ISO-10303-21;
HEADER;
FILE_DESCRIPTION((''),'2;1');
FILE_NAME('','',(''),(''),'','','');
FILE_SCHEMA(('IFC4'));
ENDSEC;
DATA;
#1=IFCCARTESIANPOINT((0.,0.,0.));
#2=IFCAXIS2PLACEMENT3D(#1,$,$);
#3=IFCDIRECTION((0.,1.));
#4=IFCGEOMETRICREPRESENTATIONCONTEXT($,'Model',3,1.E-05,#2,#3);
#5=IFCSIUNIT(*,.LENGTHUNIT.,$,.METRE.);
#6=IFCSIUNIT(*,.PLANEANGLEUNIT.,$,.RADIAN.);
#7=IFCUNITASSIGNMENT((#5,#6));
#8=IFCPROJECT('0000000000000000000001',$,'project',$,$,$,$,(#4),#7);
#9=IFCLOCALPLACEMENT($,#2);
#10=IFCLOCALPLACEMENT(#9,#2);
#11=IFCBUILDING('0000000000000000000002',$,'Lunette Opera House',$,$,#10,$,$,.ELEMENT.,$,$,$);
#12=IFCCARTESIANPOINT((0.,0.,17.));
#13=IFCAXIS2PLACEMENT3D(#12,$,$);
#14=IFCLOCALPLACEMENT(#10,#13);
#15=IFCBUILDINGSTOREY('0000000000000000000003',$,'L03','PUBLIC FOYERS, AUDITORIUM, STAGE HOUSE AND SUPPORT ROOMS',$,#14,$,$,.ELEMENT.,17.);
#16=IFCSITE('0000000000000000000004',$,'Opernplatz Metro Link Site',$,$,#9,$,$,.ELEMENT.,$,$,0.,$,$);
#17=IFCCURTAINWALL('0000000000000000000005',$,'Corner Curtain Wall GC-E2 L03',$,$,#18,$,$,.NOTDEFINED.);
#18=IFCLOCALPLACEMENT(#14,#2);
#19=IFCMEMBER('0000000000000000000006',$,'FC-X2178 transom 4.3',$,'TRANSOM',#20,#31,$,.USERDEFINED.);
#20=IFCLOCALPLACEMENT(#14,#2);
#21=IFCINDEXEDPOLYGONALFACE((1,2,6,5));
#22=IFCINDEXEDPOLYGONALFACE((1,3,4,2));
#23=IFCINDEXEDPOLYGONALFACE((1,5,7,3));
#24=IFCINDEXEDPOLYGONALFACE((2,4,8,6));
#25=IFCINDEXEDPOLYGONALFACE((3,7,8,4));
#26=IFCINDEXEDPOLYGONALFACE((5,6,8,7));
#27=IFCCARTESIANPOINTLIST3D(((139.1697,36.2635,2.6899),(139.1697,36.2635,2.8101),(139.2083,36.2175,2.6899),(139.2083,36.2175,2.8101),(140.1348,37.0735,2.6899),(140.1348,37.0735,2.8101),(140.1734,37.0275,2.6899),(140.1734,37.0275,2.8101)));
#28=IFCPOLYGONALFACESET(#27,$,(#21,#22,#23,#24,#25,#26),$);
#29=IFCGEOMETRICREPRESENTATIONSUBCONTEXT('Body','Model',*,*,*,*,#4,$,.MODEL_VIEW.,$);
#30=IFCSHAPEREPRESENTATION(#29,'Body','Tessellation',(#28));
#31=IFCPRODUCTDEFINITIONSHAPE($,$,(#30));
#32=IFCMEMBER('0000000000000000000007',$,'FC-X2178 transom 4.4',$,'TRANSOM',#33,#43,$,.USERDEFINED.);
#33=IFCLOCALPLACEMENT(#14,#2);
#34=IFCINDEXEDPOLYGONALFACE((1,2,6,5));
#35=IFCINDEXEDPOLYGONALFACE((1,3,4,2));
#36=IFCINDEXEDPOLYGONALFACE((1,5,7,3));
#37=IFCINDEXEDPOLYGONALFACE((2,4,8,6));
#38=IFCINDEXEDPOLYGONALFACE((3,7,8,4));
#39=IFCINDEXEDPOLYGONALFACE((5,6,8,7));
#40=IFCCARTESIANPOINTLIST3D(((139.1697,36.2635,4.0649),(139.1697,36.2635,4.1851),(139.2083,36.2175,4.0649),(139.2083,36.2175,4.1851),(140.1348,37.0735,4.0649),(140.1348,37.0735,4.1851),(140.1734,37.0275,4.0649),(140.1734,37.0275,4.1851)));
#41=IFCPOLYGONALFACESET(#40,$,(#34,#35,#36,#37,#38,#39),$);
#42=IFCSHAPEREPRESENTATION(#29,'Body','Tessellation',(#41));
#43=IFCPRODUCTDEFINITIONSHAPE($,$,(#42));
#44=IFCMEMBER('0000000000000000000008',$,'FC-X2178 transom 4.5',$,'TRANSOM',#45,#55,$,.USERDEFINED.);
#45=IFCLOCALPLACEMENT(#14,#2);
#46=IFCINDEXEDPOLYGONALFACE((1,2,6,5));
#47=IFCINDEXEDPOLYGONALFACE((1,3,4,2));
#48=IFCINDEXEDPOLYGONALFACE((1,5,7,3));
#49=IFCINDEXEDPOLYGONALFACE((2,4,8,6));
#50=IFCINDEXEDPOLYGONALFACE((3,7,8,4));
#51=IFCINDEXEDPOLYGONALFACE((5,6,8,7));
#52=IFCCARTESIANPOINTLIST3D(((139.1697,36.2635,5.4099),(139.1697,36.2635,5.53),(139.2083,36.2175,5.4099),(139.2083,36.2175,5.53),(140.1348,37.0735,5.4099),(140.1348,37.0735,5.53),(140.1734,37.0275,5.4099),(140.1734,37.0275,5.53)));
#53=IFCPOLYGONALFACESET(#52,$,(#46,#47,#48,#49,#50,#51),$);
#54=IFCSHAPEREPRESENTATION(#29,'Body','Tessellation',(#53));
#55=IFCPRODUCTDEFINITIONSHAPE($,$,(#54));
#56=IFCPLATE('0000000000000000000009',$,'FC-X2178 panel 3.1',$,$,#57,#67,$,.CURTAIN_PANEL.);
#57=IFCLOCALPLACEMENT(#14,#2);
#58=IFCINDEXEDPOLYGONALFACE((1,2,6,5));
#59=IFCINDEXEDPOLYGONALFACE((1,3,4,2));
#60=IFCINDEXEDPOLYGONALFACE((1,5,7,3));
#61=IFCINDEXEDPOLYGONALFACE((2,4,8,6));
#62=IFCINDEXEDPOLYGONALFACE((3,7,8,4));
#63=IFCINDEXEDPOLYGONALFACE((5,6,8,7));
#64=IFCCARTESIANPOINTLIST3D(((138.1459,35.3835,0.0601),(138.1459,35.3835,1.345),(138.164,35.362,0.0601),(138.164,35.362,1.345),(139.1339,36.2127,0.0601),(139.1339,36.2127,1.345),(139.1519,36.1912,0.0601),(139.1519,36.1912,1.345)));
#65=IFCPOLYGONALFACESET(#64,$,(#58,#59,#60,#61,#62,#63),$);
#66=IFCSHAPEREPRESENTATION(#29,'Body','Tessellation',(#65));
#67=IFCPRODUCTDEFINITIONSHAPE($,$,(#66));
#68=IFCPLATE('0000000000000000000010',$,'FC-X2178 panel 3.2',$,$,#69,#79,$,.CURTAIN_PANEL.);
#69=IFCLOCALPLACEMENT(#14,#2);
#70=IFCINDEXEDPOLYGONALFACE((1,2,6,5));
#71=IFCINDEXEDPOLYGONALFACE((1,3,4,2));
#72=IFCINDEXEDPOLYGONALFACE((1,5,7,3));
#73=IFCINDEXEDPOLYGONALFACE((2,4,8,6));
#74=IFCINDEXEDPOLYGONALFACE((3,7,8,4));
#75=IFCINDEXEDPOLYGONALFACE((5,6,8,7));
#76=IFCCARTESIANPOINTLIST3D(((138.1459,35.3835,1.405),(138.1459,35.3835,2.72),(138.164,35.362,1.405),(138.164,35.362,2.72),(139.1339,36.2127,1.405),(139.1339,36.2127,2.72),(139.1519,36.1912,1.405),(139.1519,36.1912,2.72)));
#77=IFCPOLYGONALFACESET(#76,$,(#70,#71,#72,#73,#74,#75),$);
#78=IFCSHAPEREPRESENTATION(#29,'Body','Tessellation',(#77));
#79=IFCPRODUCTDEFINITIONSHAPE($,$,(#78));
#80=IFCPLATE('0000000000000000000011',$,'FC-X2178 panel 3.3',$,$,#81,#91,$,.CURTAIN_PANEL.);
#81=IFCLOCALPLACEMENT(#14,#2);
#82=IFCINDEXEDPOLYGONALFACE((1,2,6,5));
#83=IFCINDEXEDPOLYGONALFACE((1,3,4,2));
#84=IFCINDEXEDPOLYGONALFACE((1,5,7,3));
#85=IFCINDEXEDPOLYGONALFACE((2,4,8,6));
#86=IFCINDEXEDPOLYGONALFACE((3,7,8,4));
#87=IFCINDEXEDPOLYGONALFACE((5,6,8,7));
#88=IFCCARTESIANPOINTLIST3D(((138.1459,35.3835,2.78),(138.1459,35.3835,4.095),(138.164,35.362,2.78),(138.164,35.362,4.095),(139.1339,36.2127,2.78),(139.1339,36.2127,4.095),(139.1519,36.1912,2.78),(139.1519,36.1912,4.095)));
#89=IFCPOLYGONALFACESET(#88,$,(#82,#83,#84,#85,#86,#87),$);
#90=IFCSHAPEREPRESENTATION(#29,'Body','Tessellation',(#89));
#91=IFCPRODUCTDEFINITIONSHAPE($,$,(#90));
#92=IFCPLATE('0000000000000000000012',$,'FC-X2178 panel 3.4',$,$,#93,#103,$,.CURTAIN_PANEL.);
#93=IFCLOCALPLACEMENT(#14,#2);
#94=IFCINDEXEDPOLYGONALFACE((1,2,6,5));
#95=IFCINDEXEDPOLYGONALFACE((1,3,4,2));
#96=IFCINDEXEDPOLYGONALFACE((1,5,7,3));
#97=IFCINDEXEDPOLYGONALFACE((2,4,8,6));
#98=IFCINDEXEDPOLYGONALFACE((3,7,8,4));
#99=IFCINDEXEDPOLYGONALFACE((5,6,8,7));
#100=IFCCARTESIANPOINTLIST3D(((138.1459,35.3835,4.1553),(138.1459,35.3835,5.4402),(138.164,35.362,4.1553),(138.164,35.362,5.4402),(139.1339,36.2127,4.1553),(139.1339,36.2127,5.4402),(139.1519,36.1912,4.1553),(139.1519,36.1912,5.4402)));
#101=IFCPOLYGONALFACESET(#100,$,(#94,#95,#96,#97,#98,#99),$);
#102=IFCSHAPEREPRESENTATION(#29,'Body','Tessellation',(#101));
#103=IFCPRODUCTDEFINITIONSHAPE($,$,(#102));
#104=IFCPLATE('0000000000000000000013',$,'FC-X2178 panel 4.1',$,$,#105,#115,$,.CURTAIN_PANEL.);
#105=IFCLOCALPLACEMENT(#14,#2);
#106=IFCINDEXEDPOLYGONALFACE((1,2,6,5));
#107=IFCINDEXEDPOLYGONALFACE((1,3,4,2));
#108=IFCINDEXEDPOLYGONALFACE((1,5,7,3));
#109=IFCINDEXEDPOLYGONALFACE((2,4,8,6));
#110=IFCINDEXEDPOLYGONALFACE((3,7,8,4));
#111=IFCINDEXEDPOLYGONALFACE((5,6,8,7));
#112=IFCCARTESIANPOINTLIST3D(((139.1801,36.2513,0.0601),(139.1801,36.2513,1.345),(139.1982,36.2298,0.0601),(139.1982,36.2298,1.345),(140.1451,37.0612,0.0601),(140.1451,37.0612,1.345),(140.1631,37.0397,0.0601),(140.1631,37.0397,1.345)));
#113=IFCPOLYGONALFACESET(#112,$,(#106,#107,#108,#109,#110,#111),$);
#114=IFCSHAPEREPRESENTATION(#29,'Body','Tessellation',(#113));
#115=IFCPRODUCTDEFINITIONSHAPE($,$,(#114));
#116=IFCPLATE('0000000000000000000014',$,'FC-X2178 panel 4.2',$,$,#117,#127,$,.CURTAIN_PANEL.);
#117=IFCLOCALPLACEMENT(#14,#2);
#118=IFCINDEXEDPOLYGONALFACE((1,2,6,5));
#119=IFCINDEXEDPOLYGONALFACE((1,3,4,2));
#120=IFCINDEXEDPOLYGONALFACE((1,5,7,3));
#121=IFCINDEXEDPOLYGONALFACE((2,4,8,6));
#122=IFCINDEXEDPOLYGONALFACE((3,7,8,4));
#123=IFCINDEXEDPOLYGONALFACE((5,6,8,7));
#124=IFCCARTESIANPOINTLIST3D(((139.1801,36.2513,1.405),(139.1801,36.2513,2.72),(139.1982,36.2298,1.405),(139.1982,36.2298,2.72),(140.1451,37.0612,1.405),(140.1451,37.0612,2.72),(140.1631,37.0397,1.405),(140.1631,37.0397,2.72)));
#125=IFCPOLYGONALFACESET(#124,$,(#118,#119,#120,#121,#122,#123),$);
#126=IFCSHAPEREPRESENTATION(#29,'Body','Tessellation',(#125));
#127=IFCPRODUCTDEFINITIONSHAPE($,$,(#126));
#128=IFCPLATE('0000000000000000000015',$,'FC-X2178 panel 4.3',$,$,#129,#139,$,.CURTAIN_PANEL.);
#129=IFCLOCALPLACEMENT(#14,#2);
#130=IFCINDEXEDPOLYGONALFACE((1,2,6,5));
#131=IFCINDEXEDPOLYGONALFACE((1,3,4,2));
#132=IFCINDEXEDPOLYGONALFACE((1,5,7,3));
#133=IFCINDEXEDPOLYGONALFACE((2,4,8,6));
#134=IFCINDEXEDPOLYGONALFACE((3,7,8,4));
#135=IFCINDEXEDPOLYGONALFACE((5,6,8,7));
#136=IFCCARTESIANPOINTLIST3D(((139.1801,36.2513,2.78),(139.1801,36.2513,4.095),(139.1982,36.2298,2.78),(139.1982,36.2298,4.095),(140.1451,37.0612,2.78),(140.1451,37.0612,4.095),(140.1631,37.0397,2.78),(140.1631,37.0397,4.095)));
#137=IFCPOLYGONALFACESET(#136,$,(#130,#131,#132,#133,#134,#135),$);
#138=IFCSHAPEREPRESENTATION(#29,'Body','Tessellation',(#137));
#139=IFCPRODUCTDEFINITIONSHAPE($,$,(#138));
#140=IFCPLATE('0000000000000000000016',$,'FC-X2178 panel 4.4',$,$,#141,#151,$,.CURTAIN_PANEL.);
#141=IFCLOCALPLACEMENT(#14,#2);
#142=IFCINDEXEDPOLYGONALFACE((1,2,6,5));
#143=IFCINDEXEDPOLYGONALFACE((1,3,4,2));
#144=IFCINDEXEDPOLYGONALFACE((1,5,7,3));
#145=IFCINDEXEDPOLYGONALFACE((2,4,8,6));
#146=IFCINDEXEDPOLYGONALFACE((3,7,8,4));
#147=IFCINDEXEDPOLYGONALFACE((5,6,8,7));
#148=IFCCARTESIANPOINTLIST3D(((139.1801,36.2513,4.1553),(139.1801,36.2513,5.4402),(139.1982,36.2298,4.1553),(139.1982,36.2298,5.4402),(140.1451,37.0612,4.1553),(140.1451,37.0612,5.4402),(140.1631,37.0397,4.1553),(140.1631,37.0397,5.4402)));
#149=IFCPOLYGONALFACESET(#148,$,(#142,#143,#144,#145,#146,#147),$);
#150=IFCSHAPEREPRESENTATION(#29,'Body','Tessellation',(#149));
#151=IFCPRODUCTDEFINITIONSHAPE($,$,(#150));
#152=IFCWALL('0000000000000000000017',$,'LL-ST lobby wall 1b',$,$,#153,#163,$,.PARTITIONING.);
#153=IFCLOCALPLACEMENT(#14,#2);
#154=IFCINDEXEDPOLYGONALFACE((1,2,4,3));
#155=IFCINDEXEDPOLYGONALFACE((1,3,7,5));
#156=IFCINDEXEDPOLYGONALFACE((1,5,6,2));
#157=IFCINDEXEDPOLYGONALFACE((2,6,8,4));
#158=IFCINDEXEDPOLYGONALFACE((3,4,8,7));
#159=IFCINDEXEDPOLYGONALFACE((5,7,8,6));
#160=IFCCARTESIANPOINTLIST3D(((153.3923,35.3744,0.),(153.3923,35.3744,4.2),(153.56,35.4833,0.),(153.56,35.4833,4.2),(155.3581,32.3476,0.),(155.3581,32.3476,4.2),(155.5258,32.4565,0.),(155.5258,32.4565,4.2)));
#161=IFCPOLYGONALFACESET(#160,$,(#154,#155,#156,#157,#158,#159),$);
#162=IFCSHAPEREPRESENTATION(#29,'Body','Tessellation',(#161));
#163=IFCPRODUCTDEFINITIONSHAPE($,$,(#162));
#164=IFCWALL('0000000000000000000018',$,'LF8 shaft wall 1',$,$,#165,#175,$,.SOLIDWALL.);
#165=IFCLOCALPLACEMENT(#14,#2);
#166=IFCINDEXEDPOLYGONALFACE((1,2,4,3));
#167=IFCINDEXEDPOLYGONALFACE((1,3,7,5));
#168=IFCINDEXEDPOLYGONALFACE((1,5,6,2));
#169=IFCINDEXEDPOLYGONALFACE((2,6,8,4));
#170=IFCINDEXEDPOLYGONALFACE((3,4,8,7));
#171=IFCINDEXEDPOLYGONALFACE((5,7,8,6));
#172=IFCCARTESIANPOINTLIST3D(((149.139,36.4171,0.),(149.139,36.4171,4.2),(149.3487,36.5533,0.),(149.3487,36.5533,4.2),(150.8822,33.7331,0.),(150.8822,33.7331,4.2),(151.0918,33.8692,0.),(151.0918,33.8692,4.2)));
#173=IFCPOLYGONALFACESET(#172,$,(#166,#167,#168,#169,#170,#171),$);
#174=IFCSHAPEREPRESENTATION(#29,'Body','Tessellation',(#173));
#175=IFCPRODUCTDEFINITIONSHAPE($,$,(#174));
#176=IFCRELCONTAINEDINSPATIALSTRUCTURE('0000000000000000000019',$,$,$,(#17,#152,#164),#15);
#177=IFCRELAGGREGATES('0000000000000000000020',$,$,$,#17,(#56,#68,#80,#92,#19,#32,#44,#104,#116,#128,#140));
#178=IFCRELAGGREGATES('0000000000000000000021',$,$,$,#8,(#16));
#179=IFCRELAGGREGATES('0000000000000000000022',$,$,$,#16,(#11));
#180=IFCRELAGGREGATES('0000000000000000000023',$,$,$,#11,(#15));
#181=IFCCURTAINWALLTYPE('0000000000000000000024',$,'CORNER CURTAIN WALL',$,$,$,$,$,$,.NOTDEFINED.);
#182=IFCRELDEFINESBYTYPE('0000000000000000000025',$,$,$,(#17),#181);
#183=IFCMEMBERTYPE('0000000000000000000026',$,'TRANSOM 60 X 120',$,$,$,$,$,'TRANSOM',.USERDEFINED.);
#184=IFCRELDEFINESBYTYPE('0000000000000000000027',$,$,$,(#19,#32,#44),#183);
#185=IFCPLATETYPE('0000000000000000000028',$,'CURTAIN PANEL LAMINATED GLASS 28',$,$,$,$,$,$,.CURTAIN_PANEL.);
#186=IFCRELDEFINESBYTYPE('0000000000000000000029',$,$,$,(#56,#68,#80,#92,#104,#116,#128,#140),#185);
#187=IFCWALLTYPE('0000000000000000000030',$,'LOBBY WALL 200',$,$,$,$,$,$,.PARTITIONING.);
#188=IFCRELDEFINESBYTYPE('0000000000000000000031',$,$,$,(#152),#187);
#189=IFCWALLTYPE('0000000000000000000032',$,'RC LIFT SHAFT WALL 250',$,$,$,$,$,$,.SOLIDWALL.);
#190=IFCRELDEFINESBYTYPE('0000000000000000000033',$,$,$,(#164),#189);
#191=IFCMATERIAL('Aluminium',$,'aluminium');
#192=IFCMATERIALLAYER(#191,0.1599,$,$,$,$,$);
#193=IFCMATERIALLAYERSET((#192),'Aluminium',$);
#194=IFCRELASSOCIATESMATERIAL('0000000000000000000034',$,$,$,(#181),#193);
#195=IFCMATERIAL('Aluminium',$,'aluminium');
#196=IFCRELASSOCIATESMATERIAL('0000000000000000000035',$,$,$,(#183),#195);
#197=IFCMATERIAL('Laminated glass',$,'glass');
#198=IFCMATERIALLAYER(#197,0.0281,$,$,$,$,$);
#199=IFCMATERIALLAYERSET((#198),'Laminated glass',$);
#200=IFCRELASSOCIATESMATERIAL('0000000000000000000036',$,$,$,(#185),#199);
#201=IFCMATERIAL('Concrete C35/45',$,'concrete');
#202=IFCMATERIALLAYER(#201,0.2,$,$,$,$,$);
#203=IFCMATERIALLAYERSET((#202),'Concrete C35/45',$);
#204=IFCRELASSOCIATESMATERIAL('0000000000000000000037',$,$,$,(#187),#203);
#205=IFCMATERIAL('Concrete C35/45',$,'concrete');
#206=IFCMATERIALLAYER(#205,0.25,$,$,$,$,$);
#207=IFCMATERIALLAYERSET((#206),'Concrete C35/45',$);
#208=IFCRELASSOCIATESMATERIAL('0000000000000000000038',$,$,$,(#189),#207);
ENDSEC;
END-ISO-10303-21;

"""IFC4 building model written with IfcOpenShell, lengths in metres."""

from ifc_helpers import new_model, si_unit, direction, frame, frame_2d, origin, origin_2d, place, context, subcontext, project, spatial, rectangle, extrude, material, layer, layer_set, material_profile, profile_set, type_object, element, aggregate, save


model = new_model("IFC4")

# Units and contexts
model_context = context("Model", 3, precision=1e-05, world=origin(), true_north=direction((0.0, 1.0)))
body_context = subcontext(model_context, "Body", "Model", "MODEL_VIEW")
ifc_project = project(units=[si_unit("LENGTHUNIT", "METRE"), si_unit("PLANEANGLEUNIT", "RADIAN")], contexts=[model_context])

# Site, building, storey
site_placement = place(None, origin())
site = spatial("IfcSite", under=ifc_project, at=site_placement, Name="Opernplatz Metro Link Site", CompositionType="ELEMENT", RefElevation=0.0)
building_placement = place(site_placement, origin())
building = spatial("IfcBuilding", under=site, at=building_placement, Name="Lunette Opera House", CompositionType="ELEMENT")
storey_placement = place(building_placement, frame((0.0, 0.0, 17.0)))
storey = spatial("IfcBuildingStorey", under=building, at=storey_placement, Name="L03", Description="PUBLIC FOYERS, AUDITORIUM, STAGE HOUSE AND SUPPORT ROOMS", CompositionType="ELEMENT", Elevation=17.0)

# Curtain wall
ifc_material_1 = material(Name="Aluminium", Category="aluminium")
ifc_layer_1 = layer(ifc_material_1, 0.1599)
ifc_layer_set_1 = layer_set([ifc_layer_1], Name="Aluminium")
curtain_wall_type_1 = type_object("IfcCurtainWallType", Name="CORNER CURTAIN WALL", PredefinedType="NOTDEFINED", material=ifc_layer_set_1)
curtain_wall_1_placement = place(storey_placement, origin())
curtain_wall_1 = element("IfcCurtainWall", 1, at=curtain_wall_1_placement, inside=storey, type_object=curtain_wall_type_1, Name="Corner Curtain Wall GC-E2 L03", PredefinedType="NOTDEFINED")

# Members
ifc_material_2 = material(Name="Aluminium", Category="aluminium")
ifc_material_profile_1 = material_profile(ifc_material_2, rectangle(XDim=0.0601, YDim=0.1201, at=origin_2d()), Name="TRANSOM 60 X 120")
ifc_profile_set_1 = profile_set([ifc_material_profile_1], Name="Aluminium")
member_type_1 = type_object("IfcMemberType", Name="TRANSOM 60 X 120", ElementType="TRANSOM", PredefinedType="USERDEFINED", material=ifc_profile_set_1)
member_1_placement = place(storey_placement, frame((139.189, 36.2405, 2.75), z_axis=(0.765945, 0.642906, 0.0), x_axis=(-0.642906, 0.765945, 0.0)))
member_1 = element("IfcMember", 2, at=member_1_placement, type_object=member_type_1, Name="FC-X2178 transom 4.3", ObjectType="TRANSOM", PredefinedType="USERDEFINED", context=body_context, shape_type="SweptSolid", body=[
    extrude(rectangle(XDim=0.0601, YDim=0.1201, at=origin_2d()), origin(), (0.0, 0.0, 1.0), 1.26),
])
member_2_placement = place(storey_placement, frame((139.189, 36.2405, 4.125), z_axis=(0.765945, 0.642906, 0.0), x_axis=(-0.642906, 0.765945, 0.0)))
member_2 = element("IfcMember", 3, at=member_2_placement, type_object=member_type_1, Name="FC-X2178 transom 4.4", ObjectType="TRANSOM", PredefinedType="USERDEFINED", context=body_context, shape_type="SweptSolid", body=[
    extrude(rectangle(XDim=0.0601, YDim=0.1201, at=origin_2d()), origin(), (0.0, 0.0, 1.0), 1.26),
])
member_3_placement = place(storey_placement, frame((139.189, 36.2405, 5.47), z_axis=(0.765945, 0.642906, 0.0), x_axis=(-0.642906, 0.765945, 0.0)))
member_3 = element("IfcMember", 4, at=member_3_placement, type_object=member_type_1, Name="FC-X2178 transom 4.5", ObjectType="TRANSOM", PredefinedType="USERDEFINED", context=body_context, shape_type="SweptSolid", body=[
    extrude(rectangle(XDim=0.0601, YDim=0.1201, at=origin_2d()), origin(), (0.0, 0.0, 1.0), 1.26),
])

# Plates
ifc_material_3 = material(Name="Laminated glass", Category="glass")
ifc_layer_2 = layer(ifc_material_3, 0.0281)
ifc_layer_set_2 = layer_set([ifc_layer_2], Name="Laminated glass")
plate_type = type_object("IfcPlateType", Name="CURTAIN PANEL LAMINATED GLASS 28", PredefinedType="CURTAIN_PANEL", material=ifc_layer_set_2)
plate_1_placement = place(storey_placement, frame((138.6489, 35.7874, 0.0601), z_axis=(0.0, 0.0, 1.0), x_axis=(0.766, 0.64284, 0.0)))
plate_1 = element("IfcPlate", 5, at=plate_1_placement, type_object=plate_type, Name="FC-X2178 panel 3.1", PredefinedType="CURTAIN_PANEL", context=body_context, shape_type="SweptSolid", body=[
    extrude(rectangle(XDim=1.2898, YDim=0.0281, at=origin_2d()), origin(), (0.0, 0.0, 1.0), 1.2849),
])
plate_2_placement = place(storey_placement, frame((138.6489, 35.7874, 1.405), z_axis=(0.0, 0.0, 1.0), x_axis=(0.766, 0.64284, 0.0)))
plate_2 = element("IfcPlate", 6, at=plate_2_placement, type_object=plate_type, Name="FC-X2178 panel 3.2", PredefinedType="CURTAIN_PANEL", context=body_context, shape_type="SweptSolid", body=[
    extrude(rectangle(XDim=1.2898, YDim=0.0281, at=origin_2d()), origin(), (0.0, 0.0, 1.0), 1.3149),
])
plate_3_placement = place(storey_placement, frame((138.6489, 35.7874, 2.78), z_axis=(0.0, 0.0, 1.0), x_axis=(0.766, 0.64284, 0.0)))
plate_3 = element("IfcPlate", 7, at=plate_3_placement, type_object=plate_type, Name="FC-X2178 panel 3.3", PredefinedType="CURTAIN_PANEL", context=body_context, shape_type="SweptSolid", body=[
    extrude(rectangle(XDim=1.2898, YDim=0.0281, at=origin_2d()), origin(), (0.0, 0.0, 1.0), 1.3149),
])
plate_4_placement = place(storey_placement, frame((138.6489, 35.7874, 4.1553), z_axis=(0.0, 0.0, 1.0), x_axis=(0.766, 0.64284, 0.0)))
plate_4 = element("IfcPlate", 8, at=plate_4_placement, type_object=plate_type, Name="FC-X2178 panel 3.4", PredefinedType="CURTAIN_PANEL", context=body_context, shape_type="SweptSolid", body=[
    extrude(rectangle(XDim=1.2898, YDim=0.0281, at=origin_2d()), origin(), (0.0, 0.0, 1.0), 1.2849),
])
plate_5_placement = place(storey_placement, frame((139.6716, 36.6455, 0.0601), z_axis=(0.0, 0.0, 1.0), x_axis=(0.766, 0.64284, 0.0)))
plate_5 = element("IfcPlate", 9, at=plate_5_placement, type_object=plate_type, Name="FC-X2178 panel 4.1", PredefinedType="CURTAIN_PANEL", context=body_context, shape_type="SweptSolid", body=[
    extrude(rectangle(XDim=1.2598, YDim=0.0281, at=origin_2d()), origin(), (0.0, 0.0, 1.0), 1.2849),
])
plate_6_placement = place(storey_placement, frame((139.6716, 36.6455, 1.405), z_axis=(0.0, 0.0, 1.0), x_axis=(0.766, 0.64284, 0.0)))
plate_6 = element("IfcPlate", 10, at=plate_6_placement, type_object=plate_type, Name="FC-X2178 panel 4.2", PredefinedType="CURTAIN_PANEL", context=body_context, shape_type="SweptSolid", body=[
    extrude(rectangle(XDim=1.2598, YDim=0.0281, at=origin_2d()), origin(), (0.0, 0.0, 1.0), 1.3149),
])
plate_7_placement = place(storey_placement, frame((139.6716, 36.6455, 2.78), z_axis=(0.0, 0.0, 1.0), x_axis=(0.766, 0.64284, 0.0)))
plate_7 = element("IfcPlate", 11, at=plate_7_placement, type_object=plate_type, Name="FC-X2178 panel 4.3", PredefinedType="CURTAIN_PANEL", context=body_context, shape_type="SweptSolid", body=[
    extrude(rectangle(XDim=1.2598, YDim=0.0281, at=origin_2d()), origin(), (0.0, 0.0, 1.0), 1.3149),
])
plate_8_placement = place(storey_placement, frame((139.6716, 36.6455, 4.1553), z_axis=(0.0, 0.0, 1.0), x_axis=(0.766, 0.64284, 0.0)))
plate_8 = element("IfcPlate", 12, at=plate_8_placement, type_object=plate_type, Name="FC-X2178 panel 4.4", PredefinedType="CURTAIN_PANEL", context=body_context, shape_type="SweptSolid", body=[
    extrude(rectangle(XDim=1.2598, YDim=0.0281, at=origin_2d()), origin(), (0.0, 0.0, 1.0), 1.2849),
])
aggregate(curtain_wall_1, [plate_1, plate_2, plate_3, plate_4, member_1, member_2, member_3, plate_5, plate_6, plate_7, plate_8])

# Walls
ifc_material_4 = material(Name="Concrete C35/45", Category="concrete")
ifc_layer_3 = layer(ifc_material_4, 0.2)
ifc_layer_set_3 = layer_set([ifc_layer_3], Name="Concrete C35/45")
wall_type_1 = type_object("IfcWallType", Name="LOBBY WALL 200", PredefinedType="PARTITIONING", material=ifc_layer_set_3)
wall_1_placement = place(storey_placement, frame((153.4761, 35.429, 0.0), z_axis=(0.0, 0.0, 1.0), x_axis=(0.54467, -0.838651, 0.0)))
element("IfcWall", 13, at=wall_1_placement, inside=storey, type_object=wall_type_1, Name="LL-ST lobby wall 1b", PredefinedType="PARTITIONING", context=body_context, shape_type="SweptSolid", body=[
    extrude(rectangle(XDim=3.6091, YDim=0.2, at=frame_2d((1.8047, 0.0))), origin(), (0.0, 0.0, 1.0), 4.2),
])
ifc_material_5 = material(Name="Concrete C35/45", Category="concrete")
ifc_layer_4 = layer(ifc_material_5, 0.25)
ifc_layer_set_4 = layer_set([ifc_layer_4], Name="Concrete C35/45")
wall_type_2 = type_object("IfcWallType", Name="RC LIFT SHAFT WALL 250", PredefinedType="SOLIDWALL", material=ifc_layer_set_4)
wall_2_placement = place(storey_placement, frame((149.2439, 36.4851, 0.0), z_axis=(0.0, 0.0, 1.0), x_axis=(0.544661, -0.838656, 0.0)))
element("IfcWall", 14, at=wall_2_placement, inside=storey, type_object=wall_type_2, Name="LF8 shaft wall 1", PredefinedType="SOLIDWALL", context=body_context, shape_type="SweptSolid", body=[
    extrude(rectangle(XDim=3.2004, YDim=0.25, at=frame_2d((1.6001, 0.0))), origin(), (0.0, 0.0, 1.0), 4.2),
])

save(model, "model.ifc")
